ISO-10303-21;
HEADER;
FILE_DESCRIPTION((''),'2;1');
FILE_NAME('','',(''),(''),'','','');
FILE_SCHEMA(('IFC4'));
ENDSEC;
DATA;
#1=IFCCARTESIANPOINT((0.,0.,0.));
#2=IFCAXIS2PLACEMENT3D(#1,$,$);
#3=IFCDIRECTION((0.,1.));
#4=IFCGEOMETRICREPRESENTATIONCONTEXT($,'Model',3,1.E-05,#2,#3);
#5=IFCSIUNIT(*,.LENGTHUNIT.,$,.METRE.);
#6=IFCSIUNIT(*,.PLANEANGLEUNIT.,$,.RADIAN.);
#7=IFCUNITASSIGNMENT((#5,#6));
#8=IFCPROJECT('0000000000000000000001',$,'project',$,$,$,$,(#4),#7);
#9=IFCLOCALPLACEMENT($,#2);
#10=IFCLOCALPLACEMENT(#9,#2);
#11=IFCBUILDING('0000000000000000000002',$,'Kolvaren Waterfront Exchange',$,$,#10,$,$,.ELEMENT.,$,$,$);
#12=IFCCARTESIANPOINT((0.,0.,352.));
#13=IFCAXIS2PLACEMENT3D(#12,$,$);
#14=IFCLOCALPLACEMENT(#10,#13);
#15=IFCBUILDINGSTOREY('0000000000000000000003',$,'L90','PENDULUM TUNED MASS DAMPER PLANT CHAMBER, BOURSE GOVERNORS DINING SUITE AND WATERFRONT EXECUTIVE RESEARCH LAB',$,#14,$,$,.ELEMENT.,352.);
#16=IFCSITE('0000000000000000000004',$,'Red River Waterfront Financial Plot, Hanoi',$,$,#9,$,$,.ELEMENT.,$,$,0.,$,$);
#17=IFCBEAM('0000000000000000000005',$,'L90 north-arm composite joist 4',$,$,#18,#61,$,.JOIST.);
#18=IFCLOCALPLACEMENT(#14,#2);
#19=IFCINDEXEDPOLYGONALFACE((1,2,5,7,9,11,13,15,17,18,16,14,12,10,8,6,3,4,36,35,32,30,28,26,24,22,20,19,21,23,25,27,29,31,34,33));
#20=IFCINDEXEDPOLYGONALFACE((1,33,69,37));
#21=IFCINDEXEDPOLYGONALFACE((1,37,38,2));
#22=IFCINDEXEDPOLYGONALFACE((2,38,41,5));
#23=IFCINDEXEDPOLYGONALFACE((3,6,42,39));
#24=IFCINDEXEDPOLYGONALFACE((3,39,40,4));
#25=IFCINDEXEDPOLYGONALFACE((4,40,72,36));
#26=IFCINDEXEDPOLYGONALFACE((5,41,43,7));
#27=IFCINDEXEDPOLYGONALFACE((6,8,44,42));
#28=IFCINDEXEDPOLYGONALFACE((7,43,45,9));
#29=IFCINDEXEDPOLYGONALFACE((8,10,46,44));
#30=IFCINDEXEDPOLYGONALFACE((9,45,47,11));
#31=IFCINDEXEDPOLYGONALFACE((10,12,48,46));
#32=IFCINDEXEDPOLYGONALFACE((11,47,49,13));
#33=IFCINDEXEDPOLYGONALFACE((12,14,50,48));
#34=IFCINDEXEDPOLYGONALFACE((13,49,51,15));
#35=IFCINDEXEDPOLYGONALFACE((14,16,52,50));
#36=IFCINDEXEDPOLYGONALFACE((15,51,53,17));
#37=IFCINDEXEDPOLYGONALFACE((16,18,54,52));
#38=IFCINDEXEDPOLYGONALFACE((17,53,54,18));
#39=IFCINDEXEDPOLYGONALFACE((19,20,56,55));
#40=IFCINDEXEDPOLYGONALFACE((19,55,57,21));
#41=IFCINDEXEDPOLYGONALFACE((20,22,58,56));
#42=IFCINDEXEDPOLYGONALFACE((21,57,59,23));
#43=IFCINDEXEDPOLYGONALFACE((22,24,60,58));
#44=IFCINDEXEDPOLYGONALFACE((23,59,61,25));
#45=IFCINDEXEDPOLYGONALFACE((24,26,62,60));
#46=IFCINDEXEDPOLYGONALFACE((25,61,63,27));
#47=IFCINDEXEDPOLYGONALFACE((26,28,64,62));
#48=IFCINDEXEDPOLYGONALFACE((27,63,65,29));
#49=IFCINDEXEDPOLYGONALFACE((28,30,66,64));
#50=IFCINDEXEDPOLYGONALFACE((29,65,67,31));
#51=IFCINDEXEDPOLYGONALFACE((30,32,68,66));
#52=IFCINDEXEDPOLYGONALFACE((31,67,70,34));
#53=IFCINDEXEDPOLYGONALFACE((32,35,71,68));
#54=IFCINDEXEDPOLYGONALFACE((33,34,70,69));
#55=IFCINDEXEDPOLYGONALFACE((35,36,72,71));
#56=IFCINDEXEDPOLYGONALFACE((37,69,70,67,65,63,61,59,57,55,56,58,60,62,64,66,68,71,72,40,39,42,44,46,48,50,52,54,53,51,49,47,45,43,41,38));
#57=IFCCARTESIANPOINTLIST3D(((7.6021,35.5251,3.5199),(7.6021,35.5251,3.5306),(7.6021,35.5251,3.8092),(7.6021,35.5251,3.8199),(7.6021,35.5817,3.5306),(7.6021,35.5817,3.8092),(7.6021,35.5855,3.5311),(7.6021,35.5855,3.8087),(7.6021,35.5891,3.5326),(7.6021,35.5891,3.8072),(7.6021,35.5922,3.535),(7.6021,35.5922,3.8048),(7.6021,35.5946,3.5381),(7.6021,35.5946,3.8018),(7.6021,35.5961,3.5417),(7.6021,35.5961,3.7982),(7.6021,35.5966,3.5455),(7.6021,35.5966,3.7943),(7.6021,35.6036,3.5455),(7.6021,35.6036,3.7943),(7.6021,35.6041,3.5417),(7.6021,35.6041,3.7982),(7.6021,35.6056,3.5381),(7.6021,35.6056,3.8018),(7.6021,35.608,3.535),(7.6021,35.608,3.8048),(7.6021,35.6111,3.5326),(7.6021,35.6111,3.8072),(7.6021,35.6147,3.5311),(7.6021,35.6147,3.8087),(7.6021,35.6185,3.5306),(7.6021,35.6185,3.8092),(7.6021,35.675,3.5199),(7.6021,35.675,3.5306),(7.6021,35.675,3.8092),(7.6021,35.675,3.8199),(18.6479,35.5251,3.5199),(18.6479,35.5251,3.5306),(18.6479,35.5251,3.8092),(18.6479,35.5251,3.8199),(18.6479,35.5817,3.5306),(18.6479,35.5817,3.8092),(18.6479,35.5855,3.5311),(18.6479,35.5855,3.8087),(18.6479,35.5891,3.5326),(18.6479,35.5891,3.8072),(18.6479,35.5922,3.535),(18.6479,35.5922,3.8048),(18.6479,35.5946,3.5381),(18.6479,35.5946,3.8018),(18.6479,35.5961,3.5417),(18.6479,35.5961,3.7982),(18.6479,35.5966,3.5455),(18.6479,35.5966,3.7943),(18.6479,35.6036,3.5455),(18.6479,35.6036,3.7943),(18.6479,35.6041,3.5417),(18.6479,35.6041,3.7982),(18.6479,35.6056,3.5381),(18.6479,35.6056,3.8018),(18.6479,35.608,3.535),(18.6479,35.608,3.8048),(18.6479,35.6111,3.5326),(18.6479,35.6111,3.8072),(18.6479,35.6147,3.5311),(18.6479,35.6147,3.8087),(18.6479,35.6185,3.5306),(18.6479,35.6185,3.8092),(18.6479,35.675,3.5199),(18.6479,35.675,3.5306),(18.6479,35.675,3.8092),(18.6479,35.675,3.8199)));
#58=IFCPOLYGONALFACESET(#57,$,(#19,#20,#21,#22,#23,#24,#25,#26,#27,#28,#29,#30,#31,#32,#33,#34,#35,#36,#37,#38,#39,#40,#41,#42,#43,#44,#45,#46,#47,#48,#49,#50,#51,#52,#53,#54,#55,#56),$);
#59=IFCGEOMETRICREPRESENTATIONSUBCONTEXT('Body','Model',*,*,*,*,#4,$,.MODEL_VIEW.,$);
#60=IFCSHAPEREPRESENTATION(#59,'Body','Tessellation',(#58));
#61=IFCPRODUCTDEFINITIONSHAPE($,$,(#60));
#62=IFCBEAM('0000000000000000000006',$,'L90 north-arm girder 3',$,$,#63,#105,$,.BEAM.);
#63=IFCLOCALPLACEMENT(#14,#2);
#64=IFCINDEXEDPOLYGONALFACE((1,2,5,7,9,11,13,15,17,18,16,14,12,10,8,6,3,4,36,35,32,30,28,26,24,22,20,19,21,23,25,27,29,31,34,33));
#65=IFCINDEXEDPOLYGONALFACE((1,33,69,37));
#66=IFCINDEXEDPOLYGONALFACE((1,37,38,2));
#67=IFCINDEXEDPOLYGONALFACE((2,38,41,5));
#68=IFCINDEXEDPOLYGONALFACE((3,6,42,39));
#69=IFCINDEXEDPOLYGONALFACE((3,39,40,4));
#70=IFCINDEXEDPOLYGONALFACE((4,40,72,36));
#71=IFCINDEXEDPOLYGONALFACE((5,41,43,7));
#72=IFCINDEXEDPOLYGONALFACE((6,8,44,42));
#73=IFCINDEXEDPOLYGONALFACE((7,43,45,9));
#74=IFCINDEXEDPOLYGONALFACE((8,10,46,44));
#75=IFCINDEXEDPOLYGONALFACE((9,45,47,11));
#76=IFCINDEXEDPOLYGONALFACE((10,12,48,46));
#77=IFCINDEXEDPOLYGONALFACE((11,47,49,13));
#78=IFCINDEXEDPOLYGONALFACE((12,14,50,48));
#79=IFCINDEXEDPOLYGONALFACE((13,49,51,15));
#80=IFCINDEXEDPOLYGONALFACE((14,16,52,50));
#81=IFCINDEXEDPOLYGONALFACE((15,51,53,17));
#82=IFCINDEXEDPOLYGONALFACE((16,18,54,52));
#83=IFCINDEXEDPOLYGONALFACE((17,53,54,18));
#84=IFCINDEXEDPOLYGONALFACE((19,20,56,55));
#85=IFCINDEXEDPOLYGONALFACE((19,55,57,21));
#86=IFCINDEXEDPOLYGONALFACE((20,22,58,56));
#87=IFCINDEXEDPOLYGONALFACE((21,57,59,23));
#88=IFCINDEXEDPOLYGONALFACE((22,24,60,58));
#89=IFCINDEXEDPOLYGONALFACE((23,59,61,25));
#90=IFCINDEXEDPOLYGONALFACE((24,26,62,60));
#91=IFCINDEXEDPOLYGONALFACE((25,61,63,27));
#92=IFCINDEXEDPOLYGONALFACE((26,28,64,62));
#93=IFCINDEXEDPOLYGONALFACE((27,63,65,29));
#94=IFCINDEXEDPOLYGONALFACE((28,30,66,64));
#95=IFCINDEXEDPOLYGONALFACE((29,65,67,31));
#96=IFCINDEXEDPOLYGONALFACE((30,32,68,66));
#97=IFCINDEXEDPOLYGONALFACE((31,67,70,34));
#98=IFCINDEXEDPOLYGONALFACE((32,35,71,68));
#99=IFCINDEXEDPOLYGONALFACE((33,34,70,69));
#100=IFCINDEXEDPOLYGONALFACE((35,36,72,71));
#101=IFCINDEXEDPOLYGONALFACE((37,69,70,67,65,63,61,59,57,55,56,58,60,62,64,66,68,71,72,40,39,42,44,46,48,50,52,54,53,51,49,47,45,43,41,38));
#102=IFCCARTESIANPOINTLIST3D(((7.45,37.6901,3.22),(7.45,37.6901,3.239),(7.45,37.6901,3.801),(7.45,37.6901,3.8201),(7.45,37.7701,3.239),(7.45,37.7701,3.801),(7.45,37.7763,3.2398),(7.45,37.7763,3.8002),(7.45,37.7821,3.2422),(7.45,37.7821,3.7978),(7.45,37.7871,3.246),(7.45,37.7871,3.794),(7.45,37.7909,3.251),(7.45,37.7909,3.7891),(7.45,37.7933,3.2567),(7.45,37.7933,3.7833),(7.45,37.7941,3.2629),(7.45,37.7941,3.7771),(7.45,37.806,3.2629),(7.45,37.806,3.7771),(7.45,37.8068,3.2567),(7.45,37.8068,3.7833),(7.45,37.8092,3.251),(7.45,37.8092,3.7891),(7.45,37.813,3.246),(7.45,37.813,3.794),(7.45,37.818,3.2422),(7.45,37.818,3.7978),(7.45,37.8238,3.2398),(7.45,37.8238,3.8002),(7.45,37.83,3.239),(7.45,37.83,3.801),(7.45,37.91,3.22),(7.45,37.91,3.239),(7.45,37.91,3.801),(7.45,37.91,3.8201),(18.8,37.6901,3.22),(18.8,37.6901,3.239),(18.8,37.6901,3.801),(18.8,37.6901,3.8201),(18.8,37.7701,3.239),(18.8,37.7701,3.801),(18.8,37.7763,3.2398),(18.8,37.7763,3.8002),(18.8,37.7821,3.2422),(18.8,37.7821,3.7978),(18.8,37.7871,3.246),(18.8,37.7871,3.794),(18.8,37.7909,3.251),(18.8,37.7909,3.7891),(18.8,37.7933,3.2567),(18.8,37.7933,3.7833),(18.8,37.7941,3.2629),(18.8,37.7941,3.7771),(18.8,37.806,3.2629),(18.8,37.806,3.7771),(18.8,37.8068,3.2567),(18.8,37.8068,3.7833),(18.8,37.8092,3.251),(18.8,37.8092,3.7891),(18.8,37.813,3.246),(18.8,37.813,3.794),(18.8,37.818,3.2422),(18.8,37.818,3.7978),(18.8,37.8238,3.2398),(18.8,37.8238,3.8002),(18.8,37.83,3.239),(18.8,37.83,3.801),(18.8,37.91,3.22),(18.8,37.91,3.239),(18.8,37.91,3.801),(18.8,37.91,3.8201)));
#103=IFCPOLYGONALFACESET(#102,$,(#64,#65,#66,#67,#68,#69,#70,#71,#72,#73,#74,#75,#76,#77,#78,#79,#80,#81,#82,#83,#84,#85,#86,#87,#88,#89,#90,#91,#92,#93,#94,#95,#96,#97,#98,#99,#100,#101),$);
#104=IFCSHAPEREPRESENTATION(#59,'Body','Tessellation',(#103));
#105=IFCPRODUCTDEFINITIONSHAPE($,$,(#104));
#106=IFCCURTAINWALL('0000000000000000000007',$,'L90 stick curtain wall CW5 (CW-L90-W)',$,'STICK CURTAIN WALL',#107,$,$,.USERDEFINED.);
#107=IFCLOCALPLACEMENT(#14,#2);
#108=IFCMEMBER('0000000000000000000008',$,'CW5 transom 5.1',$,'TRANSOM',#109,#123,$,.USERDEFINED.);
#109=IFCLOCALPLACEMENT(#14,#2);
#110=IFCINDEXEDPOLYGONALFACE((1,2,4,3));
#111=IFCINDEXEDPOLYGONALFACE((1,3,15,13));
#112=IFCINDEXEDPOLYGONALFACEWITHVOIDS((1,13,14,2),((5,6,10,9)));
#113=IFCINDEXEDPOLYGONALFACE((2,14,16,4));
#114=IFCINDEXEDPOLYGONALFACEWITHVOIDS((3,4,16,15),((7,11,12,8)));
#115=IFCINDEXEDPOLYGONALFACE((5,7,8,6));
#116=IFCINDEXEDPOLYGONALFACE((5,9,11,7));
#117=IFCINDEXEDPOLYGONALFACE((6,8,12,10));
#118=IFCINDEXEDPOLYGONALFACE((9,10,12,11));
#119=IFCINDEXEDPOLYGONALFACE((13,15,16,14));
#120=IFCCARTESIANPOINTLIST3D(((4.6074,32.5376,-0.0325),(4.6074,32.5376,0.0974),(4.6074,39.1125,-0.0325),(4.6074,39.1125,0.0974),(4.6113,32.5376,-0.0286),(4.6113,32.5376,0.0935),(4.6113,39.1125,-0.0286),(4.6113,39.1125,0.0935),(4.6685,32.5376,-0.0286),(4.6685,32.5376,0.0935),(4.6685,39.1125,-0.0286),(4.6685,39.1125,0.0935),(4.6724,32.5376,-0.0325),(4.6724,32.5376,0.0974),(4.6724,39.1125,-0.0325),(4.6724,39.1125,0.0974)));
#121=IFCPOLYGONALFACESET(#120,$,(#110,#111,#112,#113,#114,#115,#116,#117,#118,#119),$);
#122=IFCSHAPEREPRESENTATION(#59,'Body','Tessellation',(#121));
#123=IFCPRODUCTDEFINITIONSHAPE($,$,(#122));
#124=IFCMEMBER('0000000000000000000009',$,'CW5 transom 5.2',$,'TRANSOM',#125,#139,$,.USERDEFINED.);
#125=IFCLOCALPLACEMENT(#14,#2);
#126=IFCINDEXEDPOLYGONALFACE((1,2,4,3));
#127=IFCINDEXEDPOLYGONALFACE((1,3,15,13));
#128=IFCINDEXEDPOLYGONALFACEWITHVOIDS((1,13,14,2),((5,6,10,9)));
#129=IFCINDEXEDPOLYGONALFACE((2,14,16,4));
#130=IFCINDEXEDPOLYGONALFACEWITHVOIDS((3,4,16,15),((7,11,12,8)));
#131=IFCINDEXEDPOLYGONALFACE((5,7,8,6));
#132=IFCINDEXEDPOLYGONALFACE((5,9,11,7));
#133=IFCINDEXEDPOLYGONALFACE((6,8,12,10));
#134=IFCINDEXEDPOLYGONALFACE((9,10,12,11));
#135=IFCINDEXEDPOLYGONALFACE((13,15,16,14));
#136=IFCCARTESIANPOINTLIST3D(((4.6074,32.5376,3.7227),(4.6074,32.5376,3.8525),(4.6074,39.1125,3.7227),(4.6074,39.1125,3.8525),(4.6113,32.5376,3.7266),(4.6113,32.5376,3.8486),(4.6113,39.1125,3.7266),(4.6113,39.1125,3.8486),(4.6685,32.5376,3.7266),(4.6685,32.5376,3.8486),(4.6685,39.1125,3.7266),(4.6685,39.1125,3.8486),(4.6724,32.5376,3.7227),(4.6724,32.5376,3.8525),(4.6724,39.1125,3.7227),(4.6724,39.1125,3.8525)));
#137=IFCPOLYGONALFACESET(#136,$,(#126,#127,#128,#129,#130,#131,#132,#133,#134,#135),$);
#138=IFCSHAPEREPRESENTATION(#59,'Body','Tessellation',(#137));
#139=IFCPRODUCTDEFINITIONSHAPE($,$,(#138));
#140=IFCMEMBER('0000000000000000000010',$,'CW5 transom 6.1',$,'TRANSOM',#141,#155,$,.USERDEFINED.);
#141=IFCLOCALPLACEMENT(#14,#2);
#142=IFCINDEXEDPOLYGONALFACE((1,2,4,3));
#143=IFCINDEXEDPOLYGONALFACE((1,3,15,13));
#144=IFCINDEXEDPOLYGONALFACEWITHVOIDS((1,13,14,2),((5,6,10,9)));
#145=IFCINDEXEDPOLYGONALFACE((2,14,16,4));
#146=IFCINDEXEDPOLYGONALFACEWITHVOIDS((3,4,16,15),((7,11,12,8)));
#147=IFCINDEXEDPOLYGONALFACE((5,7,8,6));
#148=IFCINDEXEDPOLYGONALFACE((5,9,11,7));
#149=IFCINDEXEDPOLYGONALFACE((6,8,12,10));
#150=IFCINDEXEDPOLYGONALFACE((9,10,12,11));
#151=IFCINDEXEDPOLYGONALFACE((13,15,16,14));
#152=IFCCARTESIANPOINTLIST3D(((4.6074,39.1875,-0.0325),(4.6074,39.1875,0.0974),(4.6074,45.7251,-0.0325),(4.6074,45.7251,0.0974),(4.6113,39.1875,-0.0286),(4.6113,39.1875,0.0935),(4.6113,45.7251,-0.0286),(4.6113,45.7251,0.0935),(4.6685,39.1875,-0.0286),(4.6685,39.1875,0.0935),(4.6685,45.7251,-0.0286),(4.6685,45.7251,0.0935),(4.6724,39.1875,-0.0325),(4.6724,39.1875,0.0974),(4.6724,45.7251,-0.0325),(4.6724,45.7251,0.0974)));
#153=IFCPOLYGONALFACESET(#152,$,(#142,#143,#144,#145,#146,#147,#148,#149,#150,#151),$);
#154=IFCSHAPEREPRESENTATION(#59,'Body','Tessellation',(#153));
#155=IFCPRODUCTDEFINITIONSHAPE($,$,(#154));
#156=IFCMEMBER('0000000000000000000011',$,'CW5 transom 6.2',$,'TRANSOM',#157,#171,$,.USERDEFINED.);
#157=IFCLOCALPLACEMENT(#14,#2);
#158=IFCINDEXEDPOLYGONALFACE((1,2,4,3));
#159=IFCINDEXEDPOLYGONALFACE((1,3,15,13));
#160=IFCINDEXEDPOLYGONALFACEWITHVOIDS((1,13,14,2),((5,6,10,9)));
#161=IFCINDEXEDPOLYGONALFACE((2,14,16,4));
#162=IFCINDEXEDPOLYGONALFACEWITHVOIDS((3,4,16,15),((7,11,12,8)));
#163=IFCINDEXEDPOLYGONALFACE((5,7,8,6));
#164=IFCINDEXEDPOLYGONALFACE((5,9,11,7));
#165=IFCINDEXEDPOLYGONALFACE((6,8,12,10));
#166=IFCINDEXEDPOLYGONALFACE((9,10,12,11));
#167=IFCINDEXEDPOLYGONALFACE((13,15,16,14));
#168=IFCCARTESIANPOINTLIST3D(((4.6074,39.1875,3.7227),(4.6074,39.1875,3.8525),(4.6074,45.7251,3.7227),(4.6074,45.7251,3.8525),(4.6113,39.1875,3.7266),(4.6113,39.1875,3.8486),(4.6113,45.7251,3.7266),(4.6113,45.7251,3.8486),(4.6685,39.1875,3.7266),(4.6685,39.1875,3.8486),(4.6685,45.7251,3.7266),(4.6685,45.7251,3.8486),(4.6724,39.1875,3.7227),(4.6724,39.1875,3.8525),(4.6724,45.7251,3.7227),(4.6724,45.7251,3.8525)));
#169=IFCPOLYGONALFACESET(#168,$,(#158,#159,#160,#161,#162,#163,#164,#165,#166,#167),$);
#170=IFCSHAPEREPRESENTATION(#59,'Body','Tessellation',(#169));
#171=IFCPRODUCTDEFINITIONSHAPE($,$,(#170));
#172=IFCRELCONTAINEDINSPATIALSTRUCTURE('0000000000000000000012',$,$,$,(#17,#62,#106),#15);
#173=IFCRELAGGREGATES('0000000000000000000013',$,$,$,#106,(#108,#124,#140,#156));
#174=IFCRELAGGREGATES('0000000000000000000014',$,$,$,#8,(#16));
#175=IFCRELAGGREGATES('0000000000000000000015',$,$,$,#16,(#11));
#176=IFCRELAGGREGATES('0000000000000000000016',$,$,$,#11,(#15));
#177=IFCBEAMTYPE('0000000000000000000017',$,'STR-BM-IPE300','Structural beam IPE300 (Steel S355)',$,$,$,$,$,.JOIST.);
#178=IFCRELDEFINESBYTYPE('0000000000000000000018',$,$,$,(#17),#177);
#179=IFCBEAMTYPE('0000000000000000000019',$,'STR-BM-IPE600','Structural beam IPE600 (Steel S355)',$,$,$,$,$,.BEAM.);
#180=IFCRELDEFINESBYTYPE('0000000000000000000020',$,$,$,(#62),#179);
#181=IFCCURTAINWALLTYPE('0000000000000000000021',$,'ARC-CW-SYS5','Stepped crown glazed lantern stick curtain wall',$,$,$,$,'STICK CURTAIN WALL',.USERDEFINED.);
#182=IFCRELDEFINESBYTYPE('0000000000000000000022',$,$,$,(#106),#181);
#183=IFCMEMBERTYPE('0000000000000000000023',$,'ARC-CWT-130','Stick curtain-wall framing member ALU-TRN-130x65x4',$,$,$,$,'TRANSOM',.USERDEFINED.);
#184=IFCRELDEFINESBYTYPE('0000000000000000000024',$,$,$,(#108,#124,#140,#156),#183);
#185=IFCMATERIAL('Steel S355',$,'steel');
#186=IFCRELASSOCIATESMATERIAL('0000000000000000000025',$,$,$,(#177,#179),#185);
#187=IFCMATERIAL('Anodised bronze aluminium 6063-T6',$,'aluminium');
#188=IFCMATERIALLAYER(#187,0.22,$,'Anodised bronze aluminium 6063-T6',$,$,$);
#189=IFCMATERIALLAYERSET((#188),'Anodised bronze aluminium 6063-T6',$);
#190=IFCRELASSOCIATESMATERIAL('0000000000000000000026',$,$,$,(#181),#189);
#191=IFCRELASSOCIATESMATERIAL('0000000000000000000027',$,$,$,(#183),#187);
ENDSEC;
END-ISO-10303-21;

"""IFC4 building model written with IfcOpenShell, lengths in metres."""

from ifc_helpers import new_model, si_unit, direction, frame, origin, origin_with_axes, origin_2d, place, context, subcontext, project, spatial, hollow_rectangle, i_section, extrude, source, transform, mapped, material, layer, layer_set, material_profile, profile_set, type_object, element, aggregate, save


model = new_model("IFC4")

# Units and contexts
model_context = context("Model", 3, precision=1e-05, world=origin(), true_north=direction((0.0, 1.0)))
body_context = subcontext(model_context, "Body", "Model", "MODEL_VIEW")
ifc_project = project(units=[si_unit("LENGTHUNIT", "METRE"), si_unit("PLANEANGLEUNIT", "RADIAN")], contexts=[model_context])

# Site, building, storey
site_placement = place(None, origin())
site = spatial("IfcSite", under=ifc_project, at=site_placement, Name="Red River Waterfront Financial Plot, Hanoi", CompositionType="ELEMENT", RefElevation=0.0)
building_placement = place(site_placement, origin())
building = spatial("IfcBuilding", under=site, at=building_placement, Name="Kolvaren Waterfront Exchange", CompositionType="ELEMENT")
storey_placement = place(building_placement, frame((0.0, 0.0, 352.0)))
storey = spatial("IfcBuildingStorey", under=building, at=storey_placement, Name="L90", Description="PENDULUM TUNED MASS DAMPER PLANT CHAMBER, BOURSE GOVERNORS DINING SUITE AND WATERFRONT EXECUTIVE RESEARCH LAB", CompositionType="ELEMENT", Elevation=352.0)

# Beams
ifc_material_1 = material(Name="Steel S355", Category="steel")
ifc_material_profile_1 = material_profile(ifc_material_1, i_section(OverallWidth=0.1499, OverallDepth=0.3, WebThickness=0.0071, FlangeThickness=0.0107, FilletRadius=0.0149, at=origin_2d()), Name="IPE300")
ifc_profile_set_1 = profile_set([ifc_material_profile_1], Name="Steel S355")
beam_type_1 = type_object("IfcBeamType", Name="STR-BM-IPE300", Description="Structural beam IPE300 (Steel S355)", PredefinedType="JOIST", material=ifc_profile_set_1)
for number, where, z_axis, x_axis, name in (
    (1, (7.6021, 35.6001, 3.6699), (1.0, 0.0, 0.0), (0.0, 1.0, 0.0), "L90 north-arm composite joist 4"),
):
    element("IfcBeam", number, at=place(storey_placement, frame(where, z_axis=z_axis, x_axis=x_axis)), inside=storey, type_object=beam_type_1, Name=name, PredefinedType="JOIST", context=body_context, shape_type="SweptSolid", body=[
        extrude(i_section(OverallWidth=0.1499, OverallDepth=0.3, WebThickness=0.0071, FlangeThickness=0.0107, FilletRadius=0.0149, at=origin_2d()), origin(), (0.0, 0.0, 1.0), 11.0459),
    ])
ifc_material_profile_2 = material_profile(ifc_material_1, i_section(OverallWidth=0.22, OverallDepth=0.6001, WebThickness=0.012, FlangeThickness=0.019, FilletRadius=0.0239, at=origin_2d()), Name="IPE600")
ifc_profile_set_2 = profile_set([ifc_material_profile_2], Name="Steel S355")
beam_type_2 = type_object("IfcBeamType", Name="STR-BM-IPE600", Description="Structural beam IPE600 (Steel S355)", PredefinedType="BEAM", material=ifc_profile_set_2)
beam_1_placement = place(storey_placement, frame((7.45, 37.8, 3.52), z_axis=(1.0, 0.0, 0.0), x_axis=(0.0, 1.0, 0.0)))
element("IfcBeam", 2, at=beam_1_placement, inside=storey, type_object=beam_type_2, Name="L90 north-arm girder 3", PredefinedType="BEAM", context=body_context, shape_type="SweptSolid", body=[
    extrude(i_section(OverallWidth=0.22, OverallDepth=0.6001, WebThickness=0.012, FlangeThickness=0.019, FilletRadius=0.0239, at=origin_2d()), origin(), (0.0, 0.0, 1.0), 11.3501),
])

# Curtain wall, members
ifc_material_2 = material(Name="Anodised bronze aluminium 6063-T6", Category="aluminium")
ifc_layer_1 = layer(ifc_material_2, 0.22, Name="Anodised bronze aluminium 6063-T6")
ifc_layer_set_1 = layer_set([ifc_layer_1], Name="Anodised bronze aluminium 6063-T6")
curtain_wall_type = type_object("IfcCurtainWallType", Name="ARC-CW-SYS5", Description="Stepped crown glazed lantern stick curtain wall", ElementType="STICK CURTAIN WALL", PredefinedType="USERDEFINED", material=ifc_layer_set_1)
curtain_wall_placement = place(storey_placement, origin())
curtain_wall = element("IfcCurtainWall", 3, at=curtain_wall_placement, inside=storey, type_object=curtain_wall_type, Name="L90 stick curtain wall CW5 (CW-L90-W)", ObjectType="STICK CURTAIN WALL", PredefinedType="USERDEFINED")
ifc_material_profile_3 = material_profile(ifc_material_2, hollow_rectangle(XDim=0.0649, YDim=0.1299, WallThickness=0.0039, at=origin_2d()), Name="ALU-TRN-130x65x4")
ifc_profile_set_3 = profile_set([ifc_material_profile_3], Name="Anodised bronze aluminium 6063-T6")
member_type_1 = type_object("IfcMemberType", Name="ARC-CWT-130", Description="Stick curtain-wall framing member ALU-TRN-130x65x4", ElementType="TRANSOM", PredefinedType="USERDEFINED", material=ifc_profile_set_3)
shared_shape_1 = source(origin_with_axes(), body_context, "Body", "SweptSolid", [
    extrude(hollow_rectangle(XDim=0.0649, YDim=0.1299, WallThickness=0.0039, at=origin_2d()), origin(), (0.0, 0.0, 1.0), 6.575),
])
member_1_placement = place(storey_placement, frame((4.6399, 32.5376, 0.0325), z_axis=(0.0, 1.0, 0.0), x_axis=(-1.0, 0.0, 0.0)))
member_1 = element("IfcMember", 4, at=member_1_placement, type_object=member_type_1, Name="CW5 transom 5.1", ObjectType="TRANSOM", PredefinedType="USERDEFINED", context=body_context, shape_type="MappedRepresentation", body=[
    mapped(shared_shape_1, transform((0.0, 0.0, 0.0), x_axis=(1.0, 0.0, 0.0), y_axis=(0.0, 1.0, 0.0), z_axis=(0.0, 0.0, 1.0), scale=1.0)),
])
member_2_placement = place(storey_placement, frame((4.6399, 32.5376, 3.7876), z_axis=(0.0, 1.0, 0.0), x_axis=(-1.0, 0.0, 0.0)))
member_2 = element("IfcMember", 5, at=member_2_placement, type_object=member_type_1, Name="CW5 transom 5.2", ObjectType="TRANSOM", PredefinedType="USERDEFINED", context=body_context, shape_type="MappedRepresentation", body=[
    mapped(shared_shape_1, transform((0.0, 0.0, 0.0), x_axis=(1.0, 0.0, 0.0), y_axis=(0.0, 1.0, 0.0), z_axis=(0.0, 0.0, 1.0), scale=1.0)),
])
shared_shape_2 = source(origin_with_axes(), body_context, "Body", "SweptSolid", [
    extrude(hollow_rectangle(XDim=0.0649, YDim=0.1299, WallThickness=0.0039, at=origin_2d()), origin(), (0.0, 0.0, 1.0), 6.5376),
])
member_3_placement = place(storey_placement, frame((4.6399, 39.1875, 0.0325), z_axis=(0.0, 1.0, 0.0), x_axis=(-1.0, 0.0, 0.0)))
member_3 = element("IfcMember", 6, at=member_3_placement, type_object=member_type_1, Name="CW5 transom 6.1", ObjectType="TRANSOM", PredefinedType="USERDEFINED", context=body_context, shape_type="MappedRepresentation", body=[
    mapped(shared_shape_2, transform((0.0, 0.0, 0.0), x_axis=(1.0, 0.0, 0.0), y_axis=(0.0, 1.0, 0.0), z_axis=(0.0, 0.0, 1.0), scale=1.0)),
])
member_4_placement = place(storey_placement, frame((4.6399, 39.1875, 3.7876), z_axis=(0.0, 1.0, 0.0), x_axis=(-1.0, 0.0, 0.0)))
member_4 = element("IfcMember", 7, at=member_4_placement, type_object=member_type_1, Name="CW5 transom 6.2", ObjectType="TRANSOM", PredefinedType="USERDEFINED", context=body_context, shape_type="MappedRepresentation", body=[
    mapped(shared_shape_2, transform((0.0, 0.0, 0.0), x_axis=(1.0, 0.0, 0.0), y_axis=(0.0, 1.0, 0.0), z_axis=(0.0, 0.0, 1.0), scale=1.0)),
])
aggregate(curtain_wall, [member_1, member_2, member_3, member_4])

save(model, "model.ifc")
